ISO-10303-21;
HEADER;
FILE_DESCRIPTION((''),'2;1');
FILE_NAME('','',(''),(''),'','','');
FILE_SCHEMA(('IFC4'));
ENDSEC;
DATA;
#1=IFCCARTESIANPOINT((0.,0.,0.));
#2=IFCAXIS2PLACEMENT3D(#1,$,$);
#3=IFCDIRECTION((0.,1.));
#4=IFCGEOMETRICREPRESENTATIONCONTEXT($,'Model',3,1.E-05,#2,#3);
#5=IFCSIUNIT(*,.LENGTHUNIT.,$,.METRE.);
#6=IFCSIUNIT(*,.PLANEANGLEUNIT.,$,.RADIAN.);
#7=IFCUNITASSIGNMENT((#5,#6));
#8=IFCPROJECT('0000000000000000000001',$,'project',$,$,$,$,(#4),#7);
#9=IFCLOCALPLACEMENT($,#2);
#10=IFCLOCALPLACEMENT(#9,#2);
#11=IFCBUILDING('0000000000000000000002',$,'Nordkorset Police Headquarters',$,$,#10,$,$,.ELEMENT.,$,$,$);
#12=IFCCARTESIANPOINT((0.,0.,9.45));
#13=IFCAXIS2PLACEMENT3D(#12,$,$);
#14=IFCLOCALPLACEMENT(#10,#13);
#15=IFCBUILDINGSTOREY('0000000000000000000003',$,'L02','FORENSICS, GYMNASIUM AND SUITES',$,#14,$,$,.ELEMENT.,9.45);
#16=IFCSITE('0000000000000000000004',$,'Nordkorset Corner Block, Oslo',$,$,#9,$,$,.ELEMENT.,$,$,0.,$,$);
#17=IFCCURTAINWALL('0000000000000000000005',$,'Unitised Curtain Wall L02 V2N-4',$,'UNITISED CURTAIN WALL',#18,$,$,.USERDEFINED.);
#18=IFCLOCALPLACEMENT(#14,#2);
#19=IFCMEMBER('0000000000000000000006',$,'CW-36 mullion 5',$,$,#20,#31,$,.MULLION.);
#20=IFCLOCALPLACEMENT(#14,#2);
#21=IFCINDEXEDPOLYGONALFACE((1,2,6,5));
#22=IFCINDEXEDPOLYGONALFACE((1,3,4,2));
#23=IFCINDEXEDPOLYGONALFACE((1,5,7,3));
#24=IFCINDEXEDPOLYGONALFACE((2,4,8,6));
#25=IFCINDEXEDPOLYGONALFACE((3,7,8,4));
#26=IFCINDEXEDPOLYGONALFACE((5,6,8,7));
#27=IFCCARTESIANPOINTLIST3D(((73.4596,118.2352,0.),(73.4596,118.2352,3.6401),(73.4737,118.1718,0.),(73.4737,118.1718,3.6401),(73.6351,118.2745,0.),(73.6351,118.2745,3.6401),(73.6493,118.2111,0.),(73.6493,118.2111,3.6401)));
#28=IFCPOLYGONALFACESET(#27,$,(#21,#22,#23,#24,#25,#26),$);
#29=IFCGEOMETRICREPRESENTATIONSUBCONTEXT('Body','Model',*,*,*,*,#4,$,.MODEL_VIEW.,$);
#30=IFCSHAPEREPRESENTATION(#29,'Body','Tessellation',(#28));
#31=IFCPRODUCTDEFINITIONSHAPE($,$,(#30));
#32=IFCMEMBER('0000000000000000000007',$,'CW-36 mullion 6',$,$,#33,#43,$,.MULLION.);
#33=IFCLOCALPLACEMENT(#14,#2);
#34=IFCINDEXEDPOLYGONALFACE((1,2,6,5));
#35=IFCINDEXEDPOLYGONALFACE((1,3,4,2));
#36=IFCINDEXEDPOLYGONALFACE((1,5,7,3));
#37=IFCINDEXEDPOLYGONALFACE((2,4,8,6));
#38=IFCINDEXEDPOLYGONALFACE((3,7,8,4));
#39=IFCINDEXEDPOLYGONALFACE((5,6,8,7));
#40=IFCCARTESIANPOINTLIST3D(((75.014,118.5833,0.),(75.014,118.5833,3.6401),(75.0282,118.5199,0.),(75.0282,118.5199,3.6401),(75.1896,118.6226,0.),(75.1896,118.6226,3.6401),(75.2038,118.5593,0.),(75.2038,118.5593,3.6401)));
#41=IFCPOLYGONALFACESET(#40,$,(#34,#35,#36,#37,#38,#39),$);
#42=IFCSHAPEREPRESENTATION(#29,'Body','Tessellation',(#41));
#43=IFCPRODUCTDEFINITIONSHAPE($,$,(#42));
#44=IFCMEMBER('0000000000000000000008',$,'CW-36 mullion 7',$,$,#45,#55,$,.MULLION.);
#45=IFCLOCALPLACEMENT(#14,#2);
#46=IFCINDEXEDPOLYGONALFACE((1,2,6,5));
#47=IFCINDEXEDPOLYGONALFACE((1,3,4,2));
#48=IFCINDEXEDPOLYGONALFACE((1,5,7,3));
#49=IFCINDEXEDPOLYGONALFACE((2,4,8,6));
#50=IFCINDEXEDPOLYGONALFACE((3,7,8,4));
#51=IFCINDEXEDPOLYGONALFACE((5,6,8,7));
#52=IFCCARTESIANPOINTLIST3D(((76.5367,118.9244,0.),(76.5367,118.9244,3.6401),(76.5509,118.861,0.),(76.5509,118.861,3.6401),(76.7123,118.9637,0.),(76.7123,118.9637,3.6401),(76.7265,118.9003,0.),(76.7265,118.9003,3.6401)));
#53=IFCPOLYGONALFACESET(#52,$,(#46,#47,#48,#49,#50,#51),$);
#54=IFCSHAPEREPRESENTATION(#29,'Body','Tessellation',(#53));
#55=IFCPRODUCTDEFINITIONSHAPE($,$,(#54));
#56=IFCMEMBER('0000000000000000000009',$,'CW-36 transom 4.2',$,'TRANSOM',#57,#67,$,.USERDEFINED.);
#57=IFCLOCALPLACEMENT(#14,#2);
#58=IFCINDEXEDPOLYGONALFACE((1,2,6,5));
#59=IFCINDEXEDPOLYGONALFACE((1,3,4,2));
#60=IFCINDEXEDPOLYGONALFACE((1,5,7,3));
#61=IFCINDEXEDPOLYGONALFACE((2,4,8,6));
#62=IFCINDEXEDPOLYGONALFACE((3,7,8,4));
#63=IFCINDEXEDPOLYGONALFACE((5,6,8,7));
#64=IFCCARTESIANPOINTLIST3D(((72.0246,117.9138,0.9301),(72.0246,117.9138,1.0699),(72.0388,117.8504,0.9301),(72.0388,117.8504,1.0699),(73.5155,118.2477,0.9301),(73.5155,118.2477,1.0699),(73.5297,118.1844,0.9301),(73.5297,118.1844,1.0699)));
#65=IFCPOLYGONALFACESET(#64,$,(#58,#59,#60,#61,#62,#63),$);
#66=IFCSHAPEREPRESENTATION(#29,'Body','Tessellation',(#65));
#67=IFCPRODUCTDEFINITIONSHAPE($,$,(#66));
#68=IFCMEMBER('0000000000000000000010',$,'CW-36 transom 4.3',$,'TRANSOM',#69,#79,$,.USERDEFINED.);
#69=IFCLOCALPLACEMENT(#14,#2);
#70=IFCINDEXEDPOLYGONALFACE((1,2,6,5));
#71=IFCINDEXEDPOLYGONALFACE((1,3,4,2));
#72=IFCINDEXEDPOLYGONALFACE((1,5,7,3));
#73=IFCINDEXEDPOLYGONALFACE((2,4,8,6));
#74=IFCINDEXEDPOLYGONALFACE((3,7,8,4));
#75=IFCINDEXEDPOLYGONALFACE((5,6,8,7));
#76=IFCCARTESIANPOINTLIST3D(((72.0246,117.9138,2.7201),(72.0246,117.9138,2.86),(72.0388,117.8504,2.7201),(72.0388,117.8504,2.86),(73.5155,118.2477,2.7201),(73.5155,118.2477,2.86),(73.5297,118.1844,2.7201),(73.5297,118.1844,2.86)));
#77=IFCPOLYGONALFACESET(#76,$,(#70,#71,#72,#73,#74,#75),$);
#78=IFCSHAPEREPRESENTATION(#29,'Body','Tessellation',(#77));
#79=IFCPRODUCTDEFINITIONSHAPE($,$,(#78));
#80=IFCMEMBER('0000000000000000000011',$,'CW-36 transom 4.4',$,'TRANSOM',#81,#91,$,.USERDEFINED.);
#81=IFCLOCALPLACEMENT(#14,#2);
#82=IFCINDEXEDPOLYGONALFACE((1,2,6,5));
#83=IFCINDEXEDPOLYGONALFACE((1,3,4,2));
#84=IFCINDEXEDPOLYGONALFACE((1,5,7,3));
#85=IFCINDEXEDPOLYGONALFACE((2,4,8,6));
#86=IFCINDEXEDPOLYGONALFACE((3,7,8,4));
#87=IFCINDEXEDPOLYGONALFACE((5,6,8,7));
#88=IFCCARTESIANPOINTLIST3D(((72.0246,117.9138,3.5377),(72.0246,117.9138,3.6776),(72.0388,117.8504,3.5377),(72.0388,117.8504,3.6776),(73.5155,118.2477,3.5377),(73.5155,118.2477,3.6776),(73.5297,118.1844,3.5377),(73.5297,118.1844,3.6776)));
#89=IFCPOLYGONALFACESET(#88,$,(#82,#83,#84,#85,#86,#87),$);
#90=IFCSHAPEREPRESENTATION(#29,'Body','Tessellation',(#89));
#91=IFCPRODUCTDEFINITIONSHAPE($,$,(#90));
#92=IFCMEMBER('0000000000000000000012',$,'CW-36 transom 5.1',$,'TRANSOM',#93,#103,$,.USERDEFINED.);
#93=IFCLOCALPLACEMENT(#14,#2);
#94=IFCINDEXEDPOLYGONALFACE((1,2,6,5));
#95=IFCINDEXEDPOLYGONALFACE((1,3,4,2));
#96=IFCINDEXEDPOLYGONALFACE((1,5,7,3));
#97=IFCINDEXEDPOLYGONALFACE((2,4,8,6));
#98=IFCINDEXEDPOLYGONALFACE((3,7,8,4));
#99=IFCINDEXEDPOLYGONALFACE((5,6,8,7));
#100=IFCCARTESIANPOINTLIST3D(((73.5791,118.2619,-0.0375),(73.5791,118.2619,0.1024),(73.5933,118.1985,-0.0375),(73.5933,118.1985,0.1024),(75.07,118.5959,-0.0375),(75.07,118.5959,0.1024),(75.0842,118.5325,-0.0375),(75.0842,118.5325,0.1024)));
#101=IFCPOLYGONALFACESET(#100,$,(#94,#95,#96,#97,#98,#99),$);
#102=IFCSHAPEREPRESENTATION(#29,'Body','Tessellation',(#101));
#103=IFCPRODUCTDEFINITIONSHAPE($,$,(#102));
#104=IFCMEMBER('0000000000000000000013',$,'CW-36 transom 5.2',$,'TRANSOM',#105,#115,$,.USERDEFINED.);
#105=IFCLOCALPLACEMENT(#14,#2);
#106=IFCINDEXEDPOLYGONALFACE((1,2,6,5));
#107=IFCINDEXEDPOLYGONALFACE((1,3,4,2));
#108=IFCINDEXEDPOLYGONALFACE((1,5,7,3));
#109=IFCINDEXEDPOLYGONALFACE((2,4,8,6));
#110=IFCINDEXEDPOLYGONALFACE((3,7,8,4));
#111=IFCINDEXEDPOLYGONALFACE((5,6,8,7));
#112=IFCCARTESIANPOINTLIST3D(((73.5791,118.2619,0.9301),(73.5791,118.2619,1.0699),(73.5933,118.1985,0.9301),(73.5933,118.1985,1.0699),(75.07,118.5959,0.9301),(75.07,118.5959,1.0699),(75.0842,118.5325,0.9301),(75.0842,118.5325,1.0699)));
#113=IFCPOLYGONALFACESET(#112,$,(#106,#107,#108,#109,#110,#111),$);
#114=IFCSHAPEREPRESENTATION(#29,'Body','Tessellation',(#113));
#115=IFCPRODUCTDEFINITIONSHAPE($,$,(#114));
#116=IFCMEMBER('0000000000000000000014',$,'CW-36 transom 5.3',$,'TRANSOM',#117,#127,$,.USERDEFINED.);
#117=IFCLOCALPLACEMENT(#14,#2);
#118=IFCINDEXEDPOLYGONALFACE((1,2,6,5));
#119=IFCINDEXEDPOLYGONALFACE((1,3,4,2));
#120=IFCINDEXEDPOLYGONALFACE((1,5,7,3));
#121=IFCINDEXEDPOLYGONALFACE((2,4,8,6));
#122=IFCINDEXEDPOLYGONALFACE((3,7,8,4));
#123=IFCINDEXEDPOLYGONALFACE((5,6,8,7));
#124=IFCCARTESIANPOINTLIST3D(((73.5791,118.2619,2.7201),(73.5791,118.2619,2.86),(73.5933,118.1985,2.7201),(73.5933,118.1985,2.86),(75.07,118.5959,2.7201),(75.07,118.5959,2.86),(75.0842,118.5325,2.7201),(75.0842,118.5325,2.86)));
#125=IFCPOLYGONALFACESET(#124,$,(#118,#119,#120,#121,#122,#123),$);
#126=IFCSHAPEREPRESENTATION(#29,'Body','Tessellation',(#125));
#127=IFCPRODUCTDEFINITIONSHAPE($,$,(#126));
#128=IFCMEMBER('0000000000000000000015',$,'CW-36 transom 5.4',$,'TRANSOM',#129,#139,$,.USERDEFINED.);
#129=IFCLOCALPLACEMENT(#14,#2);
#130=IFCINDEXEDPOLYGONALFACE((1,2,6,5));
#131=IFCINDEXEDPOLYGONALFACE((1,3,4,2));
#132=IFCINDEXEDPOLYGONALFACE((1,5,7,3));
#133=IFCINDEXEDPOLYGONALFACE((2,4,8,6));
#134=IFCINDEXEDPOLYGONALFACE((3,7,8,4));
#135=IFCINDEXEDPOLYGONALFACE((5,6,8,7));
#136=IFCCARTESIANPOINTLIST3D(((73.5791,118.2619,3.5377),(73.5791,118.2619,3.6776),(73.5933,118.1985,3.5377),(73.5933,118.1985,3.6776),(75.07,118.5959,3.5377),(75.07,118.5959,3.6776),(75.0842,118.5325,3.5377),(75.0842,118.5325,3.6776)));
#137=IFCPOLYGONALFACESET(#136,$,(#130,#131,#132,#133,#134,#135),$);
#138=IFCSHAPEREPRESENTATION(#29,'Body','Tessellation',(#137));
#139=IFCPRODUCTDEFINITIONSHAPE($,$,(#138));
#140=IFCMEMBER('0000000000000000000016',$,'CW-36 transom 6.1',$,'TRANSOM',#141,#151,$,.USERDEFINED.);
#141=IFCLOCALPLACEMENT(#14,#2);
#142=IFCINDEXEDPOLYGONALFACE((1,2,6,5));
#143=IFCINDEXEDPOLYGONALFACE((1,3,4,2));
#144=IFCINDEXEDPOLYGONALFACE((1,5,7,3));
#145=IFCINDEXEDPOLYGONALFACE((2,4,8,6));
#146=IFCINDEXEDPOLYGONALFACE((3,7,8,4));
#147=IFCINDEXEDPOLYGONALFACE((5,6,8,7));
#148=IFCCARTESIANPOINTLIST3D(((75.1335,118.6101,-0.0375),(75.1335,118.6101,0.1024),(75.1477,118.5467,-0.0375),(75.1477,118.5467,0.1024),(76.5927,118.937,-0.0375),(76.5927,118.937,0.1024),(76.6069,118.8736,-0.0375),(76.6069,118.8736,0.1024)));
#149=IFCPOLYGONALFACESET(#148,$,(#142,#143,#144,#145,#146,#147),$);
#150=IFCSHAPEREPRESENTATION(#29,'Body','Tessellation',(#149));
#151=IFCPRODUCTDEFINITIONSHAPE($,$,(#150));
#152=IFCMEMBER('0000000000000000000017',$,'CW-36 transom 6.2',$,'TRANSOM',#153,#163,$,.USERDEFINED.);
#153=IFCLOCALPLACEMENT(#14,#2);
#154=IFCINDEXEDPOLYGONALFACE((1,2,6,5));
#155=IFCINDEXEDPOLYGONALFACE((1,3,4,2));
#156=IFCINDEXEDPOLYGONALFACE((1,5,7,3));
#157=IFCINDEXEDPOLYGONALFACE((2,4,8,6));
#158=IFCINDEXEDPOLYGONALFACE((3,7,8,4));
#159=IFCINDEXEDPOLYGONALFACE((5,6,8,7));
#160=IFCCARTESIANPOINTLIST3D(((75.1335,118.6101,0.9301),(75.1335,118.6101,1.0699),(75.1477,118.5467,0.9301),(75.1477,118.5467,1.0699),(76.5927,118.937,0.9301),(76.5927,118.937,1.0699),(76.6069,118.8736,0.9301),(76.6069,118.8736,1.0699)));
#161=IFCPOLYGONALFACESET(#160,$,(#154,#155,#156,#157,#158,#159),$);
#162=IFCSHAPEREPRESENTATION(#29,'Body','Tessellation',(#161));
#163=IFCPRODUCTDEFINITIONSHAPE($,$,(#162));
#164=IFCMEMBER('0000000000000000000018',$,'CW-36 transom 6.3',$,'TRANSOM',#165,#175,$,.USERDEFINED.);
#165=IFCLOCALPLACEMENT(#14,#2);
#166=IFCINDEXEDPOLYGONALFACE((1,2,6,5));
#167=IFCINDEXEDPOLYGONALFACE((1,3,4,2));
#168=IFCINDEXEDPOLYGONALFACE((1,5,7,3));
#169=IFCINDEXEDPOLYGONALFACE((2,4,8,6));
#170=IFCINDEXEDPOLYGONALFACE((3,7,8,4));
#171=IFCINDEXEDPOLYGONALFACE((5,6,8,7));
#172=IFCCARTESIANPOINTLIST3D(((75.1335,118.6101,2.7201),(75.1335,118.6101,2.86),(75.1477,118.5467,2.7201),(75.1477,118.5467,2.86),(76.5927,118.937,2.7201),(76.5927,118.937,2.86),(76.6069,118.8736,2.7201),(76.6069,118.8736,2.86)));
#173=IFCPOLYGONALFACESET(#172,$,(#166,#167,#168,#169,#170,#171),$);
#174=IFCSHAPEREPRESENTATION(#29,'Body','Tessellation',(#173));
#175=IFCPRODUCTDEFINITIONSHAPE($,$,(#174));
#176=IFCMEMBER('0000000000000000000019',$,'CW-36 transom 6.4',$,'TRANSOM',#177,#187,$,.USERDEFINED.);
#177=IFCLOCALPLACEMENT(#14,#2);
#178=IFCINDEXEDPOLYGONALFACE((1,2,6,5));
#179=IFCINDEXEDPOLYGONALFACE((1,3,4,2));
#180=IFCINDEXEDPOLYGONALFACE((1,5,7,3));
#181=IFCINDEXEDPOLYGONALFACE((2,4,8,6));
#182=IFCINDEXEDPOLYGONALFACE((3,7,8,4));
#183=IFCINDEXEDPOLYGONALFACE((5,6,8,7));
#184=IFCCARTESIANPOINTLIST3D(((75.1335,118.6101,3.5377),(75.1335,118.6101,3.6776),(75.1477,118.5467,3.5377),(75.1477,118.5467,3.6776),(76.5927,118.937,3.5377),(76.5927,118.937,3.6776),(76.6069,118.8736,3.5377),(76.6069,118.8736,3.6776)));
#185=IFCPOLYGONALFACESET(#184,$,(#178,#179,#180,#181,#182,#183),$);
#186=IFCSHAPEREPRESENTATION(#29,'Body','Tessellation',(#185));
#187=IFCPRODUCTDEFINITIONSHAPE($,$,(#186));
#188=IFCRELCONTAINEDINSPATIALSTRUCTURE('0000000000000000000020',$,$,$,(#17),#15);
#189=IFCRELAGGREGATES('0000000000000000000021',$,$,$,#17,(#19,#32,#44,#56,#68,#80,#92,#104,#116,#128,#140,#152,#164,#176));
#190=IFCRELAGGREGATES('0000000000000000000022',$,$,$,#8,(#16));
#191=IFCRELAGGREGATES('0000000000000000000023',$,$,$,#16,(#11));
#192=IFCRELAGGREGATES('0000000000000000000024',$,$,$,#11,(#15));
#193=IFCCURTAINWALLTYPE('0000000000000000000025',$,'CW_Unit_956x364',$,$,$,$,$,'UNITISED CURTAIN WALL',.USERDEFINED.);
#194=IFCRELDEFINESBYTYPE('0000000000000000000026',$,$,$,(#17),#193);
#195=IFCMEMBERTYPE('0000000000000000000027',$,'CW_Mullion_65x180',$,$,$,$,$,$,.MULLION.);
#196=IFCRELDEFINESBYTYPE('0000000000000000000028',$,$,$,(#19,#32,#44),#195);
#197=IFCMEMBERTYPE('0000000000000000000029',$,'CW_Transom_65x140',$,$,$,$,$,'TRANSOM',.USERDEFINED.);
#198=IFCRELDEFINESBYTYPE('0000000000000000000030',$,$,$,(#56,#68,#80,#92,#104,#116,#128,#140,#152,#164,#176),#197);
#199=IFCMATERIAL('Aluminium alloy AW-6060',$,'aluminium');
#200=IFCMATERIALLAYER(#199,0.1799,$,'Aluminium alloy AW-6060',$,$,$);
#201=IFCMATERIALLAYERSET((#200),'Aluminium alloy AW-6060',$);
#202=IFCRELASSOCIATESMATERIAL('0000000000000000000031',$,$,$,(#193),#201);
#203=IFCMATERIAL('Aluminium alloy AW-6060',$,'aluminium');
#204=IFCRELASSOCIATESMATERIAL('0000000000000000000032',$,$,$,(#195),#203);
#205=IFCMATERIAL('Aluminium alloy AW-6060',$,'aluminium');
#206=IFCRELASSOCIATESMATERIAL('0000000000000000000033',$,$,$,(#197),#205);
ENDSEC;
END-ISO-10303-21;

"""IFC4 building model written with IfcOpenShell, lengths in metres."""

from ifc_helpers import new_model, si_unit, direction, frame, origin, origin_2d, place, context, subcontext, project, spatial, rectangle, extrude, material, layer, layer_set, material_profile, profile_set, type_object, element, aggregate, save


model = new_model("IFC4")

# Units and contexts
model_context = context("Model", 3, precision=1e-05, world=origin(), true_north=direction((0.0, 1.0)))
body_context = subcontext(model_context, "Body", "Model", "MODEL_VIEW")
ifc_project = project(units=[si_unit("LENGTHUNIT", "METRE"), si_unit("PLANEANGLEUNIT", "RADIAN")], contexts=[model_context])

# Site, building, storey
site_placement = place(None, origin())
site = spatial("IfcSite", under=ifc_project, at=site_placement, Name="Nordkorset Corner Block, Oslo", CompositionType="ELEMENT", RefElevation=0.0)
building_placement = place(site_placement, origin())
building = spatial("IfcBuilding", under=site, at=building_placement, Name="Nordkorset Police Headquarters", CompositionType="ELEMENT")
storey_placement = place(building_placement, frame((0.0, 0.0, 9.45)))
storey = spatial("IfcBuildingStorey", under=building, at=storey_placement, Name="L02", Description="FORENSICS, GYMNASIUM AND SUITES", CompositionType="ELEMENT", Elevation=9.45)

# Curtain wall, members
ifc_material_1 = material(Name="Aluminium alloy AW-6060", Category="aluminium")
ifc_layer_1 = layer(ifc_material_1, 0.1799, Name="Aluminium alloy AW-6060")
ifc_layer_set_1 = layer_set([ifc_layer_1], Name="Aluminium alloy AW-6060")
curtain_wall_type = type_object("IfcCurtainWallType", Name="CW_Unit_956x364", ElementType="UNITISED CURTAIN WALL", PredefinedType="USERDEFINED", material=ifc_layer_set_1)
curtain_wall_placement = place(storey_placement, origin())
curtain_wall = element("IfcCurtainWall", 1, at=curtain_wall_placement, inside=storey, type_object=curtain_wall_type, Name="Unitised Curtain Wall L02 V2N-4", ObjectType="UNITISED CURTAIN WALL", PredefinedType="USERDEFINED")
ifc_material_2 = material(Name="Aluminium alloy AW-6060", Category="aluminium")
ifc_material_profile_1 = material_profile(ifc_material_2, rectangle(XDim=0.0649, YDim=0.1799, at=origin_2d()), Name="ALU MULL 65x180")
ifc_profile_set_1 = profile_set([ifc_material_profile_1], Name="Aluminium alloy AW-6060")
member_type_1 = type_object("IfcMemberType", Name="CW_Mullion_65x180", PredefinedType="MULLION", material=ifc_profile_set_1)
member_1_placement = place(storey_placement, frame((73.5544, 118.2231, 0.0), z_axis=(0.0, 0.0, 1.0), x_axis=(-0.218544, 0.975827, 0.0)))
member_1 = element("IfcMember", 2, at=member_1_placement, type_object=member_type_1, Name="CW-36 mullion 5", PredefinedType="MULLION", context=body_context, shape_type="SweptSolid", body=[
    extrude(rectangle(XDim=0.0649, YDim=0.1799, at=origin_2d()), origin(), (0.0, 0.0, 1.0), 3.6401),
])
member_2_placement = place(storey_placement, frame((75.1089, 118.5713, 0.0), z_axis=(0.0, 0.0, 1.0), x_axis=(-0.218544, 0.975827, 0.0)))
member_2 = element("IfcMember", 3, at=member_2_placement, type_object=member_type_1, Name="CW-36 mullion 6", PredefinedType="MULLION", context=body_context, shape_type="SweptSolid", body=[
    extrude(rectangle(XDim=0.0649, YDim=0.1799, at=origin_2d()), origin(), (0.0, 0.0, 1.0), 3.6401),
])
member_3_placement = place(storey_placement, frame((76.6316, 118.9124, 0.0), z_axis=(0.0, 0.0, 1.0), x_axis=(-0.218544, 0.975827, 0.0)))
member_3 = element("IfcMember", 4, at=member_3_placement, type_object=member_type_1, Name="CW-36 mullion 7", PredefinedType="MULLION", context=body_context, shape_type="SweptSolid", body=[
    extrude(rectangle(XDim=0.0649, YDim=0.1799, at=origin_2d()), origin(), (0.0, 0.0, 1.0), 3.6401),
])
ifc_material_3 = material(Name="Aluminium alloy AW-6060", Category="aluminium")
ifc_material_profile_2 = material_profile(ifc_material_3, rectangle(XDim=0.0649, YDim=0.1399, at=origin_2d()), Name="ALU TRAN 65x140")
ifc_profile_set_2 = profile_set([ifc_material_profile_2], Name="Aluminium alloy AW-6060")
member_type_2 = type_object("IfcMemberType", Name="CW_Transom_65x140", ElementType="TRANSOM", PredefinedType="USERDEFINED", material=ifc_profile_set_2)
member_4_placement = place(storey_placement, frame((72.0317, 117.8821, 1.0), z_axis=(0.975817, 0.218588, 0.0), x_axis=(-0.218588, 0.975817, 0.0)))
member_4 = element("IfcMember", 5, at=member_4_placement, type_object=member_type_2, Name="CW-36 transom 4.2", ObjectType="TRANSOM", PredefinedType="USERDEFINED", context=body_context, shape_type="SweptSolid", body=[
    extrude(rectangle(XDim=0.0649, YDim=0.1399, at=origin_2d()), origin(), (0.0, 0.0, 1.0), 1.5278),
])
member_5_placement = place(storey_placement, frame((72.0317, 117.8821, 2.79), z_axis=(0.975817, 0.218588, 0.0), x_axis=(-0.218588, 0.975817, 0.0)))
member_5 = element("IfcMember", 6, at=member_5_placement, type_object=member_type_2, Name="CW-36 transom 4.3", ObjectType="TRANSOM", PredefinedType="USERDEFINED", context=body_context, shape_type="SweptSolid", body=[
    extrude(rectangle(XDim=0.0649, YDim=0.1399, at=origin_2d()), origin(), (0.0, 0.0, 1.0), 1.5278),
])
member_6_placement = place(storey_placement, frame((72.0317, 117.8821, 3.6077), z_axis=(0.975817, 0.218588, 0.0), x_axis=(-0.218588, 0.975817, 0.0)))
member_6 = element("IfcMember", 7, at=member_6_placement, type_object=member_type_2, Name="CW-36 transom 4.4", ObjectType="TRANSOM", PredefinedType="USERDEFINED", context=body_context, shape_type="SweptSolid", body=[
    extrude(rectangle(XDim=0.0649, YDim=0.1399, at=origin_2d()), origin(), (0.0, 0.0, 1.0), 1.5278),
])
member_7_placement = place(storey_placement, frame((73.5862, 118.2302, 0.0325), z_axis=(0.975817, 0.218588, 0.0), x_axis=(-0.218588, 0.975817, 0.0)))
member_7 = element("IfcMember", 8, at=member_7_placement, type_object=member_type_2, Name="CW-36 transom 5.1", ObjectType="TRANSOM", PredefinedType="USERDEFINED", context=body_context, shape_type="SweptSolid", body=[
    extrude(rectangle(XDim=0.0649, YDim=0.1399, at=origin_2d()), origin(), (0.0, 0.0, 1.0), 1.5278),
])
member_8_placement = place(storey_placement, frame((73.5862, 118.2302, 1.0), z_axis=(0.975817, 0.218588, 0.0), x_axis=(-0.218588, 0.975817, 0.0)))
member_8 = element("IfcMember", 9, at=member_8_placement, type_object=member_type_2, Name="CW-36 transom 5.2", ObjectType="TRANSOM", PredefinedType="USERDEFINED", context=body_context, shape_type="SweptSolid", body=[
    extrude(rectangle(XDim=0.0649, YDim=0.1399, at=origin_2d()), origin(), (0.0, 0.0, 1.0), 1.5278),
])
member_9_placement = place(storey_placement, frame((73.5862, 118.2302, 2.79), z_axis=(0.975817, 0.218588, 0.0), x_axis=(-0.218588, 0.975817, 0.0)))
member_9 = element("IfcMember", 10, at=member_9_placement, type_object=member_type_2, Name="CW-36 transom 5.3", ObjectType="TRANSOM", PredefinedType="USERDEFINED", context=body_context, shape_type="SweptSolid", body=[
    extrude(rectangle(XDim=0.0649, YDim=0.1399, at=origin_2d()), origin(), (0.0, 0.0, 1.0), 1.5278),
])
member_10_placement = place(storey_placement, frame((73.5862, 118.2302, 3.6077), z_axis=(0.975817, 0.218588, 0.0), x_axis=(-0.218588, 0.975817, 0.0)))
member_10 = element("IfcMember", 11, at=member_10_placement, type_object=member_type_2, Name="CW-36 transom 5.4", ObjectType="TRANSOM", PredefinedType="USERDEFINED", context=body_context, shape_type="SweptSolid", body=[
    extrude(rectangle(XDim=0.0649, YDim=0.1399, at=origin_2d()), origin(), (0.0, 0.0, 1.0), 1.5278),
])
member_11_placement = place(storey_placement, frame((75.1406, 118.5784, 0.0325), z_axis=(0.975813, 0.218607, 0.0), x_axis=(-0.218607, 0.975813, 0.0)))
member_11 = element("IfcMember", 12, at=member_11_placement, type_object=member_type_2, Name="CW-36 transom 6.1", ObjectType="TRANSOM", PredefinedType="USERDEFINED", context=body_context, shape_type="SweptSolid", body=[
    extrude(rectangle(XDim=0.0649, YDim=0.1399, at=origin_2d()), origin(), (0.0, 0.0, 1.0), 1.4954),
])
member_12_placement = place(storey_placement, frame((75.1406, 118.5784, 1.0), z_axis=(0.975813, 0.218607, 0.0), x_axis=(-0.218607, 0.975813, 0.0)))
member_12 = element("IfcMember", 13, at=member_12_placement, type_object=member_type_2, Name="CW-36 transom 6.2", ObjectType="TRANSOM", PredefinedType="USERDEFINED", context=body_context, shape_type="SweptSolid", body=[
    extrude(rectangle(XDim=0.0649, YDim=0.1399, at=origin_2d()), origin(), (0.0, 0.0, 1.0), 1.4954),
])
member_13_placement = place(storey_placement, frame((75.1406, 118.5784, 2.79), z_axis=(0.975813, 0.218607, 0.0), x_axis=(-0.218607, 0.975813, 0.0)))
member_13 = element("IfcMember", 14, at=member_13_placement, type_object=member_type_2, Name="CW-36 transom 6.3", ObjectType="TRANSOM", PredefinedType="USERDEFINED", context=body_context, shape_type="SweptSolid", body=[
    extrude(rectangle(XDim=0.0649, YDim=0.1399, at=origin_2d()), origin(), (0.0, 0.0, 1.0), 1.4954),
])
member_14_placement = place(storey_placement, frame((75.1406, 118.5784, 3.6077), z_axis=(0.975813, 0.218607, 0.0), x_axis=(-0.218607, 0.975813, 0.0)))
member_14 = element("IfcMember", 15, at=member_14_placement, type_object=member_type_2, Name="CW-36 transom 6.4", ObjectType="TRANSOM", PredefinedType="USERDEFINED", context=body_context, shape_type="SweptSolid", body=[
    extrude(rectangle(XDim=0.0649, YDim=0.1399, at=origin_2d()), origin(), (0.0, 0.0, 1.0), 1.4954),
])
aggregate(curtain_wall, [member_1, member_2, member_3, member_4, member_5, member_6, member_7, member_8, member_9, member_10, member_11, member_12, member_13, member_14])

save(model, "model.ifc")
